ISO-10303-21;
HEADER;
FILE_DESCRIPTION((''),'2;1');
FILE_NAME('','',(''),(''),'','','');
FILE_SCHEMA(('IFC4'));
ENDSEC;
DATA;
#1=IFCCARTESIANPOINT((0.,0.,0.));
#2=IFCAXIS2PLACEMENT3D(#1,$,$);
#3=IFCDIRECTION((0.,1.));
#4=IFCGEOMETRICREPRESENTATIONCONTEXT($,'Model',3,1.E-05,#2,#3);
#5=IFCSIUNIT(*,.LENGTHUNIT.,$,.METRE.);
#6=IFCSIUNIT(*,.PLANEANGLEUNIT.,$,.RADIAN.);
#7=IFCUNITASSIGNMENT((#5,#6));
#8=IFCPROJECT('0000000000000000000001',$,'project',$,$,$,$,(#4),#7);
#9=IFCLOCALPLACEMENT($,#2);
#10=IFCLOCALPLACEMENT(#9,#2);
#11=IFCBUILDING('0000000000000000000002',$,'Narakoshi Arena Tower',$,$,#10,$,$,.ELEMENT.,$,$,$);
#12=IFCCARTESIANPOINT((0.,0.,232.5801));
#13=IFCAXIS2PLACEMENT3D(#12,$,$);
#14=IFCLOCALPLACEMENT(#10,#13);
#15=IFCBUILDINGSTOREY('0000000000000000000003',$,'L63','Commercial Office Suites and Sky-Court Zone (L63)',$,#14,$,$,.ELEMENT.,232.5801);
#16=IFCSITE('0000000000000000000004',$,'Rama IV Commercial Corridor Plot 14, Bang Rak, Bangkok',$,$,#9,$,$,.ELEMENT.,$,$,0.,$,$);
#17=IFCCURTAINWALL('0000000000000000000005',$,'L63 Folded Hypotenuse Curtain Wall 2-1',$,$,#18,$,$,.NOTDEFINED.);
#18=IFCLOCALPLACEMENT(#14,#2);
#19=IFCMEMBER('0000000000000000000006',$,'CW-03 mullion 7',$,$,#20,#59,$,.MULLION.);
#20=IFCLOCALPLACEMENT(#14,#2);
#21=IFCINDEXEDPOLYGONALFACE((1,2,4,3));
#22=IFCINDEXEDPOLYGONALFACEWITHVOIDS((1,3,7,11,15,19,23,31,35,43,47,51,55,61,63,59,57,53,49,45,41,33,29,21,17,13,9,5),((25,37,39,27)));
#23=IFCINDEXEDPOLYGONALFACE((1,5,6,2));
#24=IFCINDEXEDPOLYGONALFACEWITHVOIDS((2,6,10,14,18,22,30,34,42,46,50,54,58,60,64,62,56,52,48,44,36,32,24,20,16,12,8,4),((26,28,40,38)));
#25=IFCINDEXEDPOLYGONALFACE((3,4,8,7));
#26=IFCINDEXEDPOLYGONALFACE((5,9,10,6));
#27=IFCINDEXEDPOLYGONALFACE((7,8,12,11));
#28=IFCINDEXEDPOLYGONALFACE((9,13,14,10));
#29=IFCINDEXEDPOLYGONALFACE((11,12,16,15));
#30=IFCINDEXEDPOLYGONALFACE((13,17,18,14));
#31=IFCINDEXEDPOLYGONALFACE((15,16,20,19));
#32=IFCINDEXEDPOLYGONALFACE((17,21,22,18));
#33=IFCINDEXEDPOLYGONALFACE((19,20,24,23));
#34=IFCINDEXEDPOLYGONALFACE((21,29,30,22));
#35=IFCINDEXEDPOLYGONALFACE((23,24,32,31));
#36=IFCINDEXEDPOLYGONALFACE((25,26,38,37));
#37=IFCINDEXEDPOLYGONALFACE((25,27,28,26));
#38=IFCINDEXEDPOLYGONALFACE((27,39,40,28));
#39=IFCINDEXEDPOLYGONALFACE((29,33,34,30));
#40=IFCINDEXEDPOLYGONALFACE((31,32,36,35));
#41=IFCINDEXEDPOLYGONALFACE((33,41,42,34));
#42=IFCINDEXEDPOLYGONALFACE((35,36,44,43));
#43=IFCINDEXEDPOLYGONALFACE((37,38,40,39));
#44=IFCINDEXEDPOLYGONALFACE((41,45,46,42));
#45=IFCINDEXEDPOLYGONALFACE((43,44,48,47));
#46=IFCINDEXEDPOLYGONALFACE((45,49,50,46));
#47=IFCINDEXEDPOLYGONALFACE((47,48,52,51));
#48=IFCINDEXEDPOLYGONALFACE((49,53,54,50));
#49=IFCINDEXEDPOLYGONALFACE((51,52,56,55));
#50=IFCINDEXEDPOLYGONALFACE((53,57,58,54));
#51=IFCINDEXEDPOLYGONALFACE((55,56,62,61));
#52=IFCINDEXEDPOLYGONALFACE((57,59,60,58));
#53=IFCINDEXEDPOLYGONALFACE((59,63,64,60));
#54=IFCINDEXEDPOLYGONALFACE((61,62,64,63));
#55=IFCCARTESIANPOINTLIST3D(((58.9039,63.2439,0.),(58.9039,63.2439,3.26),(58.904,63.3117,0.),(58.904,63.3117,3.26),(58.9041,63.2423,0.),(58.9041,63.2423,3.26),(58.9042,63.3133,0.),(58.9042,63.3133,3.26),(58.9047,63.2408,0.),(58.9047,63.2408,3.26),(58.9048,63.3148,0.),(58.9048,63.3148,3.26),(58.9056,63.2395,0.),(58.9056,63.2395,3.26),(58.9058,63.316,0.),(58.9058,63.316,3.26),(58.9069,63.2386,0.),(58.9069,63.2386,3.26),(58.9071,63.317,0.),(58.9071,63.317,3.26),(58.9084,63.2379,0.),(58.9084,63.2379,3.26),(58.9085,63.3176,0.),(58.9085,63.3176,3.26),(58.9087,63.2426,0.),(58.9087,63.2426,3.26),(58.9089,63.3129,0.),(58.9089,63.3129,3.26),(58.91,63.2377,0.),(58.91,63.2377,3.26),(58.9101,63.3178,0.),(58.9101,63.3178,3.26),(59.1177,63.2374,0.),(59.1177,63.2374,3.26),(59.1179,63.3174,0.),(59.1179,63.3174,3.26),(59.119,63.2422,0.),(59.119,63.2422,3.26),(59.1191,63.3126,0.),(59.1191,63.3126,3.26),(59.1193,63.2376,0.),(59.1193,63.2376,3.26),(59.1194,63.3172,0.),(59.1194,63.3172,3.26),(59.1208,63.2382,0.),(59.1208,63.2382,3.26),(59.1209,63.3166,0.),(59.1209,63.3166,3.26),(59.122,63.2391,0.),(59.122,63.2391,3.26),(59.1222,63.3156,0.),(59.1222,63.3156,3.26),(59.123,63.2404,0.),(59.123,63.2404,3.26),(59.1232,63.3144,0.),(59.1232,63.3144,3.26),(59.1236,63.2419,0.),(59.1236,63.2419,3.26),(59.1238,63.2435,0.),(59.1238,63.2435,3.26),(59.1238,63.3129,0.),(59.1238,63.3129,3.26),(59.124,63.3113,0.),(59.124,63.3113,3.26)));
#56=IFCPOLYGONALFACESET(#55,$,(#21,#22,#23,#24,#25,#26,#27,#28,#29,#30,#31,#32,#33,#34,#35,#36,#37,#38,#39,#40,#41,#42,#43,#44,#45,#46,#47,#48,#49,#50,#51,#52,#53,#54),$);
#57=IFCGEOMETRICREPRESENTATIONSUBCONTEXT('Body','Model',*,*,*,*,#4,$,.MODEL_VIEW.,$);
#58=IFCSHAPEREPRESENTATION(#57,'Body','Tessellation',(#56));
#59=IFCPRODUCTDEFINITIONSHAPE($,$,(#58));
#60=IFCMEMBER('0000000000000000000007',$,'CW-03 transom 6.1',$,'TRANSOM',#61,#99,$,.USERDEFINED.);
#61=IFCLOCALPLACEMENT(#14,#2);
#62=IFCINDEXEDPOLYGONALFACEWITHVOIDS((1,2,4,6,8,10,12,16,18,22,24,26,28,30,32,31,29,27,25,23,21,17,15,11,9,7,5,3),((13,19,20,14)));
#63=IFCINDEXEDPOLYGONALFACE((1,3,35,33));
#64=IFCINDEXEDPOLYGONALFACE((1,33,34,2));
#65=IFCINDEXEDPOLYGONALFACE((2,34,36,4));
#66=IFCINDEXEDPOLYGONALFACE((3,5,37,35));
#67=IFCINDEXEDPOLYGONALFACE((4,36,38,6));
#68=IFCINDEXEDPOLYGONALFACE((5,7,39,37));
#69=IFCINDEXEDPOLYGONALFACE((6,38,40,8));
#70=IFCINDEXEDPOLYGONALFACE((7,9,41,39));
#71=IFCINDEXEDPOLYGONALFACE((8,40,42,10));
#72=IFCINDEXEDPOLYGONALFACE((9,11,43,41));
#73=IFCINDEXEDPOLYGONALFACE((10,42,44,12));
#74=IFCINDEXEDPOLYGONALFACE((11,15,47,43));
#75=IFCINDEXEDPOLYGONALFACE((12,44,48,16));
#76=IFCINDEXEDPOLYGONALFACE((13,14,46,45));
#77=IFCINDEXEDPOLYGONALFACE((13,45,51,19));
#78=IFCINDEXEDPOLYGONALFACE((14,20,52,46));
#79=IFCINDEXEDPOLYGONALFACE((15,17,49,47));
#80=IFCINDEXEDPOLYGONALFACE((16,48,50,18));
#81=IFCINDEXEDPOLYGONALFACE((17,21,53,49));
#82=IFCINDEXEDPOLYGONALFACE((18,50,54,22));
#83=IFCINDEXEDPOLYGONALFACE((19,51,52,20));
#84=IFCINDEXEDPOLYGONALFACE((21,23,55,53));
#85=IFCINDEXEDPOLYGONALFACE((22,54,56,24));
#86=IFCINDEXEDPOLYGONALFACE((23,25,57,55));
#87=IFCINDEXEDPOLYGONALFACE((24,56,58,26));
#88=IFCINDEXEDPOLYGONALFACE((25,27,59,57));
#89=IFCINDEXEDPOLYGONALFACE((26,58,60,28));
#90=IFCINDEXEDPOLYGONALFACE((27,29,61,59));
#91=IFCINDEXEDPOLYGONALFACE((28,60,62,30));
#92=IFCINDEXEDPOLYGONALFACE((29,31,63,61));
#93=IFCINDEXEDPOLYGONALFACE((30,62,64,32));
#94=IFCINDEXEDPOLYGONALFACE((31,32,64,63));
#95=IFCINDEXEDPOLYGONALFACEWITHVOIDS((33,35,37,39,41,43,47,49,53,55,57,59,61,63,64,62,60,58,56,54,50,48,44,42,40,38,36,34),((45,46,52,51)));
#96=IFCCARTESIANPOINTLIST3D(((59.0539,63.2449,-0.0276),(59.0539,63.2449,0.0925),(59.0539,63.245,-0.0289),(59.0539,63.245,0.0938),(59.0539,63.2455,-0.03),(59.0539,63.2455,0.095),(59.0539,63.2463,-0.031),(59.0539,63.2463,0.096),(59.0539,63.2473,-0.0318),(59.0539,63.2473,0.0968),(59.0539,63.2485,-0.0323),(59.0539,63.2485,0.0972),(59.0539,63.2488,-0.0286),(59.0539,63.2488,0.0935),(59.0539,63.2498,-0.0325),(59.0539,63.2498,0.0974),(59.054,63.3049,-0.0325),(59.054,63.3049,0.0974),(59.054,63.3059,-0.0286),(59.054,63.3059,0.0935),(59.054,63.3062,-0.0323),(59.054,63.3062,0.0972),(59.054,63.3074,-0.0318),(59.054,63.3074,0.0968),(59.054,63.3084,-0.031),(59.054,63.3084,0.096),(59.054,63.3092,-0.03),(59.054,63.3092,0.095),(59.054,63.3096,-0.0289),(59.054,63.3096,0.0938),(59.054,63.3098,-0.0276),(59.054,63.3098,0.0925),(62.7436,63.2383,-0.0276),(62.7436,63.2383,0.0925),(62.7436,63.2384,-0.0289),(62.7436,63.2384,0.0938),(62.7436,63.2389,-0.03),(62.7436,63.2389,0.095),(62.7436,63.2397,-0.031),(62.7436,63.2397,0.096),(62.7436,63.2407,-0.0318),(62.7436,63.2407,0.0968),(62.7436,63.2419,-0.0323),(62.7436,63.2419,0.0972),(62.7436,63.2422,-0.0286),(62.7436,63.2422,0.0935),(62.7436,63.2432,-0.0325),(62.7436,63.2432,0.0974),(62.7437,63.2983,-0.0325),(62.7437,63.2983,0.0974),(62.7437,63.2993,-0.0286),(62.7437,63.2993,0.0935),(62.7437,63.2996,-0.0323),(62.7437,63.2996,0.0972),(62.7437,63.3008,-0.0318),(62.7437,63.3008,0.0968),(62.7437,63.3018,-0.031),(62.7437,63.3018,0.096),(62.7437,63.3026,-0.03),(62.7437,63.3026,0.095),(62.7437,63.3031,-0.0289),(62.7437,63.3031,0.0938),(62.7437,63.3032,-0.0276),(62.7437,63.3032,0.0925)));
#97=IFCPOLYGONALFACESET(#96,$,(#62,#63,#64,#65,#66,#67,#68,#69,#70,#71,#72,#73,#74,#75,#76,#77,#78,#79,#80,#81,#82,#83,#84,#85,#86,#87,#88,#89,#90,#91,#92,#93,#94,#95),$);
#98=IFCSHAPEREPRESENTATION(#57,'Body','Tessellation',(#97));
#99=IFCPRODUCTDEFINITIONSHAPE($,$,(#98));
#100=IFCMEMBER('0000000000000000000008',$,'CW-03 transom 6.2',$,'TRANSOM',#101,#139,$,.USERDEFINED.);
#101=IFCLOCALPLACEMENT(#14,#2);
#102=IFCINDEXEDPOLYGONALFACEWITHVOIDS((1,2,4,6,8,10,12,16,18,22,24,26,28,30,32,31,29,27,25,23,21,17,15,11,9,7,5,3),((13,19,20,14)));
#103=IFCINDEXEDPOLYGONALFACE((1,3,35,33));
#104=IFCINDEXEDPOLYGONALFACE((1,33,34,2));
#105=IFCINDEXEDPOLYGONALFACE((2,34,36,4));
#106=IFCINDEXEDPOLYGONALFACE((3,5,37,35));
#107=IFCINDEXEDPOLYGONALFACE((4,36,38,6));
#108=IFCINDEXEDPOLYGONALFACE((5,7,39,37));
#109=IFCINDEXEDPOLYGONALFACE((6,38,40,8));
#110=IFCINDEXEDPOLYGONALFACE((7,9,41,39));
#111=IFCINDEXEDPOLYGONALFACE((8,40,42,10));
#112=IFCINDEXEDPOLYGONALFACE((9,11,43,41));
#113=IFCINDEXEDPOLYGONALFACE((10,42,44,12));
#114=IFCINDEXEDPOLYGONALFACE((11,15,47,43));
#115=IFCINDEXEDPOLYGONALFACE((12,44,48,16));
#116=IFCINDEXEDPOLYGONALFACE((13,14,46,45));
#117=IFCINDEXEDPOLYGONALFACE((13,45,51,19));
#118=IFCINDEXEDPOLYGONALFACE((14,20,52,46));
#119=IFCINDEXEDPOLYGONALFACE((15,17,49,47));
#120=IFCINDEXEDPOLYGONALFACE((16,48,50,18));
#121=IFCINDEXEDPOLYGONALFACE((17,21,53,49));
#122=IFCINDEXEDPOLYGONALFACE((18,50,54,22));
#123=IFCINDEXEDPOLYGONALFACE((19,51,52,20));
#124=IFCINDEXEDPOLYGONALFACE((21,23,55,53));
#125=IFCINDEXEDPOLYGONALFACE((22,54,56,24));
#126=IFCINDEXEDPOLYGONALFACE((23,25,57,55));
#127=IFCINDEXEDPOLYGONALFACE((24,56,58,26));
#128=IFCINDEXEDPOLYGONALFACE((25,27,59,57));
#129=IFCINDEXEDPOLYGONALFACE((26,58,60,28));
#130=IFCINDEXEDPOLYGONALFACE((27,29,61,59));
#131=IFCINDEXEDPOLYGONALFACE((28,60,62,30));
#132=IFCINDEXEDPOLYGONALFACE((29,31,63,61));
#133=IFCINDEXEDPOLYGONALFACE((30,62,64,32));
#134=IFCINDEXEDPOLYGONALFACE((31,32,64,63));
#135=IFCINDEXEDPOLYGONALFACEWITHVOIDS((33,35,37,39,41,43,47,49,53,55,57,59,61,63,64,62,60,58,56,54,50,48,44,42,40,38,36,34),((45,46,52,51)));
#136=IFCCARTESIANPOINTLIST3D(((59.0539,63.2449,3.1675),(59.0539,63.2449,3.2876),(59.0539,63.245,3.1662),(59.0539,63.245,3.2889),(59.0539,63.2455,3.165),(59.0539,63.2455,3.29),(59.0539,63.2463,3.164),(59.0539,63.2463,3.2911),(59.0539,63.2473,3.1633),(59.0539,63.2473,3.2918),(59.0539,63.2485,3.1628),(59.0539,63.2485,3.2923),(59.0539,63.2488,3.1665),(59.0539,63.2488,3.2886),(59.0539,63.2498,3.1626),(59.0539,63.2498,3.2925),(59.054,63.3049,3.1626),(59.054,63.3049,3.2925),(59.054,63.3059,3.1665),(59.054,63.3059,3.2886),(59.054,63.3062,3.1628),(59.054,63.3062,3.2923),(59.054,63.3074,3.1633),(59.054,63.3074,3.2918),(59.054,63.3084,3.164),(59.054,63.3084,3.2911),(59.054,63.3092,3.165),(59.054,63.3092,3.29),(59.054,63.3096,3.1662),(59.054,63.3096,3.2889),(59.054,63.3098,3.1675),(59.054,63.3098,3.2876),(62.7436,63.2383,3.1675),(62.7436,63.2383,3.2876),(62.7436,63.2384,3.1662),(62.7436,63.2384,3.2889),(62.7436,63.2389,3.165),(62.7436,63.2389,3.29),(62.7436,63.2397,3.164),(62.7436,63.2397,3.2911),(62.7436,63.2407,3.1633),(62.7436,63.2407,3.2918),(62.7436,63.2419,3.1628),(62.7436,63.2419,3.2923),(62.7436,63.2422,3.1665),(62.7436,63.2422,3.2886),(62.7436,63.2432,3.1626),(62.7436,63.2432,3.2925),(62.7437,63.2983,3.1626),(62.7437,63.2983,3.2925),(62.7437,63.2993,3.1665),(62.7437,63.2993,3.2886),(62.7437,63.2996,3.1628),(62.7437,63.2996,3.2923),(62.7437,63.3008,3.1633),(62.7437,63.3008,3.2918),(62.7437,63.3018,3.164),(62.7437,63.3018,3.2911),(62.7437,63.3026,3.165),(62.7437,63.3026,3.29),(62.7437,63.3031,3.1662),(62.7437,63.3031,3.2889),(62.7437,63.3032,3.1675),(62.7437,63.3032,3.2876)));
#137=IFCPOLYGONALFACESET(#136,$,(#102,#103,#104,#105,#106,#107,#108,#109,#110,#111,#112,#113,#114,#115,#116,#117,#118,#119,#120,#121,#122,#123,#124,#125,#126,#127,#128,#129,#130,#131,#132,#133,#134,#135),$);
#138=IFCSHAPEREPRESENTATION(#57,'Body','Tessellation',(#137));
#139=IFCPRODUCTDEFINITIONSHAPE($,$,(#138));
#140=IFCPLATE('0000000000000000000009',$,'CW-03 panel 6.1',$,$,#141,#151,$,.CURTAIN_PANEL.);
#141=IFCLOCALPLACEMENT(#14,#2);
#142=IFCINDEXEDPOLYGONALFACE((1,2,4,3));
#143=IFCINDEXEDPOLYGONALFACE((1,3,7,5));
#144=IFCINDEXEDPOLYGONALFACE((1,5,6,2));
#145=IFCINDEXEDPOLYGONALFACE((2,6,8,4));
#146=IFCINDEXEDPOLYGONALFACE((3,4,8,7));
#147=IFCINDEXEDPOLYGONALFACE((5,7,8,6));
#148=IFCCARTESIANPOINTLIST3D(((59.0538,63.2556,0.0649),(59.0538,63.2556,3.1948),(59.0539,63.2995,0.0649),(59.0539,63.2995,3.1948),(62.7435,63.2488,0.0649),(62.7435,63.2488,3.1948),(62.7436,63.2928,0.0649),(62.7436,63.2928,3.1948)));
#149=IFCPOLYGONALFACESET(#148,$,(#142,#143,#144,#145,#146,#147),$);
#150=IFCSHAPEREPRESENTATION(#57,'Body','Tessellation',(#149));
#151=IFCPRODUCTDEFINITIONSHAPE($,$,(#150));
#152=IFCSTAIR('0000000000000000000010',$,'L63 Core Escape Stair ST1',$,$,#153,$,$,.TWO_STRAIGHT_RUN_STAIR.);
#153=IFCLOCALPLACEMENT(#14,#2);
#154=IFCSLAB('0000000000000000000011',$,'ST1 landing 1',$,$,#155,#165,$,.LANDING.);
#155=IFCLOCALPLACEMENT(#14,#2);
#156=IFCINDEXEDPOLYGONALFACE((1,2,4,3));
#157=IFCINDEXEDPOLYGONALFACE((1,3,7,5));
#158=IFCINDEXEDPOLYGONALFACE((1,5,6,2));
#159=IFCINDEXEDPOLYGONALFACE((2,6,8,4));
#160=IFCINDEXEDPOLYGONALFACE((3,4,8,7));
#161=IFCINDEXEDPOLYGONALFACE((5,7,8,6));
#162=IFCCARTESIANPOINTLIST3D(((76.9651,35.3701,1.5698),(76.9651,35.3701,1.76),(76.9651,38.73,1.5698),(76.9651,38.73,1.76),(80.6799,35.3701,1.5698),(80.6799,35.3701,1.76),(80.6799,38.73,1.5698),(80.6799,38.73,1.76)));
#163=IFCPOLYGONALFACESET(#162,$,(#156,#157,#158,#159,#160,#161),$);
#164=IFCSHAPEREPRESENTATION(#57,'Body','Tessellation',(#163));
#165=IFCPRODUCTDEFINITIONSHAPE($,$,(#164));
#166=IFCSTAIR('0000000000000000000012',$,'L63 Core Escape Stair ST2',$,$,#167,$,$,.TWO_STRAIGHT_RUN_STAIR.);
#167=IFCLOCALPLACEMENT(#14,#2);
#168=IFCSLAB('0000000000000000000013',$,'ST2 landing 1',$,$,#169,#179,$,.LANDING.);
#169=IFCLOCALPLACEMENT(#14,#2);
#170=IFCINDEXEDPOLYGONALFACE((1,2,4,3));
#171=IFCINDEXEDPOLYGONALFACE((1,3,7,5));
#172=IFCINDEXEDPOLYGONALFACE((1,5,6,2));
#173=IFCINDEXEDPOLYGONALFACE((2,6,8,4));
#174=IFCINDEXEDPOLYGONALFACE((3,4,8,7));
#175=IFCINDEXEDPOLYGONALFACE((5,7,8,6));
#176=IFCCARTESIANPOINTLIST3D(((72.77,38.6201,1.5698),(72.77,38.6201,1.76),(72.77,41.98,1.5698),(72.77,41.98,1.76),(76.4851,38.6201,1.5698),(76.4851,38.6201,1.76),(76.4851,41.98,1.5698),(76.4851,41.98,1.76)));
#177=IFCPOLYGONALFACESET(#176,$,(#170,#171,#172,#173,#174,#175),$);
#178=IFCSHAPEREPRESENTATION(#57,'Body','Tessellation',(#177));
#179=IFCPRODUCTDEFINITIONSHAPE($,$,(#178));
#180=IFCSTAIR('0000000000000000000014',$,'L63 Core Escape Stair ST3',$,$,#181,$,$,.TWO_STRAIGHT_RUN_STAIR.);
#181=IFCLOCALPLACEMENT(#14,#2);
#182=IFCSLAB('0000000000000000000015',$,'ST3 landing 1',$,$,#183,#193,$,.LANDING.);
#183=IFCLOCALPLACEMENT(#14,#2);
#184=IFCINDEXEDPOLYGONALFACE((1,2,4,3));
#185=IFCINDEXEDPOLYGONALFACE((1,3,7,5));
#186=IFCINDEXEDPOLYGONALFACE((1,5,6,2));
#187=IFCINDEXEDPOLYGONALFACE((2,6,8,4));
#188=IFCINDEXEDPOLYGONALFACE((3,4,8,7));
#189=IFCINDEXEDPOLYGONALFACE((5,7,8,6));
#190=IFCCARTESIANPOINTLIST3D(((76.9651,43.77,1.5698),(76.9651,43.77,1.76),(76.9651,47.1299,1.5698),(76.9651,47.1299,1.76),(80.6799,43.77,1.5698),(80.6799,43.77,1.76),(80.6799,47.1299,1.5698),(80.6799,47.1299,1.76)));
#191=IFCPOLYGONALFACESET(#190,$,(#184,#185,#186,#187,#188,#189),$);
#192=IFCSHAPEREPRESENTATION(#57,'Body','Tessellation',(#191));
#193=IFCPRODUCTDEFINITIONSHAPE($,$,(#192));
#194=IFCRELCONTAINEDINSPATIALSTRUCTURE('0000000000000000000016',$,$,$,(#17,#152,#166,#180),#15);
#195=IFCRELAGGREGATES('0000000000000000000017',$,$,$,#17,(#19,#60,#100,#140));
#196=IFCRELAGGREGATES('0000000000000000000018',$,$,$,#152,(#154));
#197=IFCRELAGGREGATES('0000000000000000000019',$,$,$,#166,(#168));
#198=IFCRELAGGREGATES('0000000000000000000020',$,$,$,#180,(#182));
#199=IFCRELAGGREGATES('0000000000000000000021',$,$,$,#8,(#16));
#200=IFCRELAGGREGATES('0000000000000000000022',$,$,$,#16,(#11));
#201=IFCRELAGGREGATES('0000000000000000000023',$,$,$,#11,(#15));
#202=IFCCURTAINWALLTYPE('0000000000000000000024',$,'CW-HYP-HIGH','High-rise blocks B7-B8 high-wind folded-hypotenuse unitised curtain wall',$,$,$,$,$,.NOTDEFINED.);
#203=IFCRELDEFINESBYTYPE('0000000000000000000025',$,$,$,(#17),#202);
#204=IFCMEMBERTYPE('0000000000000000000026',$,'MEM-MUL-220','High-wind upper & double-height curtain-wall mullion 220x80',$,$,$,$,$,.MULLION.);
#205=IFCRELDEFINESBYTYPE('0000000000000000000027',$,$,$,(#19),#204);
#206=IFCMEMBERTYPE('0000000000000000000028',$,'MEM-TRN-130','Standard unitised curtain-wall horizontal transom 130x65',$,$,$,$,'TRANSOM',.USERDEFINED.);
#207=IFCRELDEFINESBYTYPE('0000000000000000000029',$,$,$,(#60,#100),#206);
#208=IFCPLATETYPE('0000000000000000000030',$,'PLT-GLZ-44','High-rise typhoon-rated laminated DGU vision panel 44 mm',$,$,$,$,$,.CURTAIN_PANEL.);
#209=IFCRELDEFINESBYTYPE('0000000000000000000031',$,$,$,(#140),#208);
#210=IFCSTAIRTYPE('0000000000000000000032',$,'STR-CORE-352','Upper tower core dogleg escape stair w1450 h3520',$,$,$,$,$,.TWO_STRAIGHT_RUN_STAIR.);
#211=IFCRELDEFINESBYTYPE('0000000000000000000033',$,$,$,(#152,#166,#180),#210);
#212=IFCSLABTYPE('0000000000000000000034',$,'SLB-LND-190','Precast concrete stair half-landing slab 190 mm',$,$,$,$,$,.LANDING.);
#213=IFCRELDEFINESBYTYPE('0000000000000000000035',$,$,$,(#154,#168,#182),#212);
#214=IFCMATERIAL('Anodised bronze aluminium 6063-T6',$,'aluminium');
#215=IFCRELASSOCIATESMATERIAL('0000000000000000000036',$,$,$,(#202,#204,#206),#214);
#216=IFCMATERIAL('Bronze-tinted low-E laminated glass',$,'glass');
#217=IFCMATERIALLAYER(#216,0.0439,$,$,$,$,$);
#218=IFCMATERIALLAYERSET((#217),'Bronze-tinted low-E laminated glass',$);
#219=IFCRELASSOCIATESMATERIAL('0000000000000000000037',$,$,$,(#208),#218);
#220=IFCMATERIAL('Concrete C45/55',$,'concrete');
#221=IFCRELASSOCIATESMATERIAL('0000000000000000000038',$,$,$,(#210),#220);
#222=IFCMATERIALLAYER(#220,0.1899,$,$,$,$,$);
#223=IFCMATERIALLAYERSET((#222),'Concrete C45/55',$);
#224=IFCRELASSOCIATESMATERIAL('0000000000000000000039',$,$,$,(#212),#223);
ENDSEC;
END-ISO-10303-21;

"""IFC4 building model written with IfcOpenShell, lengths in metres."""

from ifc_helpers import new_model, si_unit, direction, frame, origin, origin_2d, place, context, subcontext, project, spatial, polyline, rectangle, hollow_rectangle, outline, extrude, material, layer, layer_set, material_profile, profile_set, type_object, element, aggregate, save


model = new_model("IFC4")

# Units and contexts
model_context = context("Model", 3, precision=1e-05, world=origin(), true_north=direction((0.0, 1.0)))
body_context = subcontext(model_context, "Body", "Model", "MODEL_VIEW")
ifc_project = project(units=[si_unit("LENGTHUNIT", "METRE"), si_unit("PLANEANGLEUNIT", "RADIAN")], contexts=[model_context])

# Site, building, storey
site_placement = place(None, origin())
site = spatial("IfcSite", under=ifc_project, at=site_placement, Name="Rama IV Commercial Corridor Plot 14, Bang Rak, Bangkok", CompositionType="ELEMENT", RefElevation=0.0)
building_placement = place(site_placement, origin())
building = spatial("IfcBuilding", under=site, at=building_placement, Name="Narakoshi Arena Tower", CompositionType="ELEMENT")
storey_placement = place(building_placement, frame((0.0, 0.0, 232.5801)))
storey = spatial("IfcBuildingStorey", under=building, at=storey_placement, Name="L63", Description="Commercial Office Suites and Sky-Court Zone (L63)", CompositionType="ELEMENT", Elevation=232.5801)

# Curtain wall, members, plate
ifc_material_1 = material(Name="Anodised bronze aluminium 6063-T6", Category="aluminium")
curtain_wall_type = type_object("IfcCurtainWallType", Name="CW-HYP-HIGH", Description="High-rise blocks B7-B8 high-wind folded-hypotenuse unitised curtain wall", PredefinedType="NOTDEFINED", material=ifc_material_1)
curtain_wall_placement = place(storey_placement, origin())
curtain_wall = element("IfcCurtainWall", 1, at=curtain_wall_placement, inside=storey, type_object=curtain_wall_type, Name="L63 Folded Hypotenuse Curtain Wall 2-1", PredefinedType="NOTDEFINED")
ifc_material_profile_1 = material_profile(ifc_material_1, hollow_rectangle(XDim=0.0801, YDim=0.22, WallThickness=0.0049, OuterFilletRadius=0.0061, at=origin_2d()), Name="MUL220x80x5")
ifc_profile_set_1 = profile_set([ifc_material_profile_1], Name="Anodised bronze aluminium 6063-T6")
member_type_1 = type_object("IfcMemberType", Name="MEM-MUL-220", Description="High-wind upper & double-height curtain-wall mullion 220x80", PredefinedType="MULLION", material=ifc_profile_set_1)
member_1_placement = place(storey_placement, frame((59.0139, 63.2776, 0.0), z_axis=(0.0, 0.0, 1.0), x_axis=(-0.00182, -0.999998, 0.0)))
member_1 = element("IfcMember", 2, at=member_1_placement, type_object=member_type_1, Name="CW-03 mullion 7", PredefinedType="MULLION", context=body_context, shape_type="SweptSolid", body=[
    extrude(hollow_rectangle(XDim=0.0801, YDim=0.22, WallThickness=0.0049, OuterFilletRadius=0.0061, at=origin_2d()), origin(), (0.0, 0.0, 1.0), 3.26),
])
ifc_material_profile_2 = material_profile(ifc_material_1, hollow_rectangle(XDim=0.0649, YDim=0.1299, WallThickness=0.0039, OuterFilletRadius=0.0049, at=origin_2d()), Name="TRN130x65x4")
ifc_profile_set_2 = profile_set([ifc_material_profile_2], Name="Anodised bronze aluminium 6063-T6")
member_type_2 = type_object("IfcMemberType", Name="MEM-TRN-130", Description="Standard unitised curtain-wall horizontal transom 130x65", ElementType="TRANSOM", PredefinedType="USERDEFINED", material=ifc_profile_set_2)
member_2_placement = place(storey_placement, frame((62.7437, 63.2708, 0.0325), z_axis=(-0.999998, 0.001787, 0.0), x_axis=(-0.001787, -0.999998, 0.0)))
member_2 = element("IfcMember", 3, at=member_2_placement, type_object=member_type_2, Name="CW-03 transom 6.1", ObjectType="TRANSOM", PredefinedType="USERDEFINED", context=body_context, shape_type="SweptSolid", body=[
    extrude(hollow_rectangle(XDim=0.0649, YDim=0.1299, WallThickness=0.0039, OuterFilletRadius=0.0049, at=origin_2d()), origin(), (0.0, 0.0, 1.0), 3.6897),
])
member_3_placement = place(storey_placement, frame((62.7437, 63.2708, 3.2275), z_axis=(-0.999998, 0.001787, 0.0), x_axis=(-0.001787, -0.999998, 0.0)))
member_3 = element("IfcMember", 4, at=member_3_placement, type_object=member_type_2, Name="CW-03 transom 6.2", ObjectType="TRANSOM", PredefinedType="USERDEFINED", context=body_context, shape_type="SweptSolid", body=[
    extrude(hollow_rectangle(XDim=0.0649, YDim=0.1299, WallThickness=0.0039, OuterFilletRadius=0.0049, at=origin_2d()), origin(), (0.0, 0.0, 1.0), 3.6897),
])
ifc_material_2 = material(Name="Bronze-tinted low-E laminated glass", Category="glass")
ifc_layer_1 = layer(ifc_material_2, 0.0439)
ifc_layer_set_1 = layer_set([ifc_layer_1], Name="Bronze-tinted low-E laminated glass")
plate_type = type_object("IfcPlateType", Name="PLT-GLZ-44", Description="High-rise typhoon-rated laminated DGU vision panel 44 mm", PredefinedType="CURTAIN_PANEL", material=ifc_layer_set_1)
plate_placement = place(storey_placement, frame((60.8987, 63.2742, 0.0649), z_axis=(0.0, 0.0, 1.0), x_axis=(-0.999998, 0.00182, 0.0)))
plate = element("IfcPlate", 5, at=plate_placement, type_object=plate_type, Name="CW-03 panel 6.1", PredefinedType="CURTAIN_PANEL", context=body_context, shape_type="SweptSolid", body=[
    extrude(rectangle(XDim=3.6897, YDim=0.0439, at=origin_2d()), origin(), (0.0, 0.0, 1.0), 3.1299),
])
aggregate(curtain_wall, [member_1, member_2, member_3, plate])

# Stairs, slabs
ifc_material_3 = material(Name="Concrete C45/55", Category="concrete")
stair_type = type_object("IfcStairType", Name="STR-CORE-352", Description="Upper tower core dogleg escape stair w1450 h3520", PredefinedType="TWO_STRAIGHT_RUN_STAIR", material=ifc_material_3)
stair_1_placement = place(storey_placement, origin())
stair_1 = element("IfcStair", 6, at=stair_1_placement, inside=storey, type_object=stair_type, Name="L63 Core Escape Stair ST1", PredefinedType="TWO_STRAIGHT_RUN_STAIR")
ifc_layer_2 = layer(ifc_material_3, 0.1899)
ifc_layer_set_2 = layer_set([ifc_layer_2], Name="Concrete C45/55")
slab_type_1 = type_object("IfcSlabType", Name="SLB-LND-190", Description="Precast concrete stair half-landing slab 190 mm", PredefinedType="LANDING", material=ifc_layer_set_2)
slab_1_placement = place(storey_placement, frame((0.0, 0.0, 1.5698)))
slab_1 = element("IfcSlab", 7, at=slab_1_placement, type_object=slab_type_1, Name="ST1 landing 1", PredefinedType="LANDING", context=body_context, shape_type="SweptSolid", body=[
    extrude(outline(polyline([(76.9651, 35.3701), (80.6799, 35.3701), (80.6799, 38.73), (76.9651, 38.73), (76.9651, 35.3701)])), origin(), (0.0, 0.0, 1.0), 0.1902),
])
aggregate(stair_1, [slab_1])
stair_2_placement = place(storey_placement, origin())
stair_2 = element("IfcStair", 8, at=stair_2_placement, inside=storey, type_object=stair_type, Name="L63 Core Escape Stair ST2", PredefinedType="TWO_STRAIGHT_RUN_STAIR")
slab_2_placement = place(storey_placement, frame((0.0, 0.0, 1.5698)))
slab_2 = element("IfcSlab", 9, at=slab_2_placement, type_object=slab_type_1, Name="ST2 landing 1", PredefinedType="LANDING", context=body_context, shape_type="SweptSolid", body=[
    extrude(outline(polyline([(72.77, 38.6201), (76.4851, 38.6201), (76.4851, 41.98), (72.77, 41.98), (72.77, 38.6201)])), origin(), (0.0, 0.0, 1.0), 0.1902),
])
aggregate(stair_2, [slab_2])
stair_3_placement = place(storey_placement, origin())
stair_3 = element("IfcStair", 10, at=stair_3_placement, inside=storey, type_object=stair_type, Name="L63 Core Escape Stair ST3", PredefinedType="TWO_STRAIGHT_RUN_STAIR")
slab_3_placement = place(storey_placement, frame((0.0, 0.0, 1.5698)))
slab_3 = element("IfcSlab", 11, at=slab_3_placement, type_object=slab_type_1, Name="ST3 landing 1", PredefinedType="LANDING", context=body_context, shape_type="SweptSolid", body=[
    extrude(outline(polyline([(76.9651, 43.77), (80.6799, 43.77), (80.6799, 47.1299), (76.9651, 47.1299), (76.9651, 43.77)])), origin(), (0.0, 0.0, 1.0), 0.1902),
])
aggregate(stair_3, [slab_3])

save(model, "model.ifc")
